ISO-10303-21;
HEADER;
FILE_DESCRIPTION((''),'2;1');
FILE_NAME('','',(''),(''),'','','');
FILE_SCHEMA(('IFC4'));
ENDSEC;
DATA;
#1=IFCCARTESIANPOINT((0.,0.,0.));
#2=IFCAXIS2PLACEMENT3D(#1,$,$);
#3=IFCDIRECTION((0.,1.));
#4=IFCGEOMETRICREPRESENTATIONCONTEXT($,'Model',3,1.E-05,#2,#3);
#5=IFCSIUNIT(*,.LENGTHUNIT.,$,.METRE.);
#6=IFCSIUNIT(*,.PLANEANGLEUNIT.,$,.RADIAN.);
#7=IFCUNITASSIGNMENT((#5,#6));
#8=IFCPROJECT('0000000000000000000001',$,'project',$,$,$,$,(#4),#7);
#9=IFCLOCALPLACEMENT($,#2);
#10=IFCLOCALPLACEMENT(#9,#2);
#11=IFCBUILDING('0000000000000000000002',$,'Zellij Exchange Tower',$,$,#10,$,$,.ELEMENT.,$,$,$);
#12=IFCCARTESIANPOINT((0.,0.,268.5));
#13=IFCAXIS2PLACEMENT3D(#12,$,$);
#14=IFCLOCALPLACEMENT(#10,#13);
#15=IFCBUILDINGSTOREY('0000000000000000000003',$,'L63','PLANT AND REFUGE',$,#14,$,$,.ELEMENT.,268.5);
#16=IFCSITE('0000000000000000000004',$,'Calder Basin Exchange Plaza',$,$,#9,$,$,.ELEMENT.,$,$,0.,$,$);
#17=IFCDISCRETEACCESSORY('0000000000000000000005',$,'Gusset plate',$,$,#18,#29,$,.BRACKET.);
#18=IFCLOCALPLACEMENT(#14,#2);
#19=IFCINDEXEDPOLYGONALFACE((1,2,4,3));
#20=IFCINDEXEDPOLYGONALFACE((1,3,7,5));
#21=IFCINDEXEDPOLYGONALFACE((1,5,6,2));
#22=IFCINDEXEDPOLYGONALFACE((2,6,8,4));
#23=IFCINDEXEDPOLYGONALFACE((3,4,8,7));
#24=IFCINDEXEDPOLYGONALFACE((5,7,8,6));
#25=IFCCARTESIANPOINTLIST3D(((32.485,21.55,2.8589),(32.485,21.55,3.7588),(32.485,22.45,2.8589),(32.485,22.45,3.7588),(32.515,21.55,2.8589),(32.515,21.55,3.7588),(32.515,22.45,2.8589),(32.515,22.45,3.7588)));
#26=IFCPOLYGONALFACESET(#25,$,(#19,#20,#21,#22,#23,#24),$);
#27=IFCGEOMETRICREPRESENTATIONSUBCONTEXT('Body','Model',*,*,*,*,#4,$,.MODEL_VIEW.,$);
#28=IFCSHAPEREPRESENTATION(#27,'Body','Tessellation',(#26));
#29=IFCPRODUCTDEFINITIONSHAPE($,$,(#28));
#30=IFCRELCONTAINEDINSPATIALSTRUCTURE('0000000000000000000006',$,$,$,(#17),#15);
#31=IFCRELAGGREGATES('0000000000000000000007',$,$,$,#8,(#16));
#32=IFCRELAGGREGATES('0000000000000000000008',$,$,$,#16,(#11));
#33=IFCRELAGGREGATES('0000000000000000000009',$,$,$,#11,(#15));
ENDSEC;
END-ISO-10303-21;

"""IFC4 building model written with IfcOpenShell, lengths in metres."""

from ifc_helpers import new_model, si_unit, direction, frame, origin, origin_2d, place, context, subcontext, project, spatial, rectangle, extrude, element, save


model = new_model("IFC4")

# Units and contexts
model_context = context("Model", 3, precision=1e-05, world=origin(), true_north=direction((0.0, 1.0)))
body_context = subcontext(model_context, "Body", "Model", "MODEL_VIEW")
ifc_project = project(units=[si_unit("LENGTHUNIT", "METRE"), si_unit("PLANEANGLEUNIT", "RADIAN")], contexts=[model_context])

# Site, building, storey
site_placement = place(None, origin())
site = spatial("IfcSite", under=ifc_project, at=site_placement, Name="Calder Basin Exchange Plaza", CompositionType="ELEMENT", RefElevation=0.0)
building_placement = place(site_placement, origin())
building = spatial("IfcBuilding", under=site, at=building_placement, Name="Zellij Exchange Tower", CompositionType="ELEMENT")
storey_placement = place(building_placement, frame((0.0, 0.0, 268.5)))
storey = spatial("IfcBuildingStorey", under=building, at=storey_placement, Name="L63", Description="PLANT AND REFUGE", CompositionType="ELEMENT", Elevation=268.5)

# Discrete accessory
for number, where, z_axis, x_axis, name in (
    (1, (32.5, 22.0, 2.8589), (0.0, 0.0, 1.0), (0.0, 1.0, 0.0), "Gusset plate"),
):
    element("IfcDiscreteAccessory", number, at=place(storey_placement, frame(where, z_axis=z_axis, x_axis=x_axis)), inside=storey, Name=name, PredefinedType="BRACKET", context=body_context, shape_type="SweptSolid", body=[
        extrude(rectangle(XDim=0.8999, YDim=0.03, at=origin_2d()), origin(), (0.0, 0.0, 1.0), 0.8999),
    ])

save(model, "model.ifc")
